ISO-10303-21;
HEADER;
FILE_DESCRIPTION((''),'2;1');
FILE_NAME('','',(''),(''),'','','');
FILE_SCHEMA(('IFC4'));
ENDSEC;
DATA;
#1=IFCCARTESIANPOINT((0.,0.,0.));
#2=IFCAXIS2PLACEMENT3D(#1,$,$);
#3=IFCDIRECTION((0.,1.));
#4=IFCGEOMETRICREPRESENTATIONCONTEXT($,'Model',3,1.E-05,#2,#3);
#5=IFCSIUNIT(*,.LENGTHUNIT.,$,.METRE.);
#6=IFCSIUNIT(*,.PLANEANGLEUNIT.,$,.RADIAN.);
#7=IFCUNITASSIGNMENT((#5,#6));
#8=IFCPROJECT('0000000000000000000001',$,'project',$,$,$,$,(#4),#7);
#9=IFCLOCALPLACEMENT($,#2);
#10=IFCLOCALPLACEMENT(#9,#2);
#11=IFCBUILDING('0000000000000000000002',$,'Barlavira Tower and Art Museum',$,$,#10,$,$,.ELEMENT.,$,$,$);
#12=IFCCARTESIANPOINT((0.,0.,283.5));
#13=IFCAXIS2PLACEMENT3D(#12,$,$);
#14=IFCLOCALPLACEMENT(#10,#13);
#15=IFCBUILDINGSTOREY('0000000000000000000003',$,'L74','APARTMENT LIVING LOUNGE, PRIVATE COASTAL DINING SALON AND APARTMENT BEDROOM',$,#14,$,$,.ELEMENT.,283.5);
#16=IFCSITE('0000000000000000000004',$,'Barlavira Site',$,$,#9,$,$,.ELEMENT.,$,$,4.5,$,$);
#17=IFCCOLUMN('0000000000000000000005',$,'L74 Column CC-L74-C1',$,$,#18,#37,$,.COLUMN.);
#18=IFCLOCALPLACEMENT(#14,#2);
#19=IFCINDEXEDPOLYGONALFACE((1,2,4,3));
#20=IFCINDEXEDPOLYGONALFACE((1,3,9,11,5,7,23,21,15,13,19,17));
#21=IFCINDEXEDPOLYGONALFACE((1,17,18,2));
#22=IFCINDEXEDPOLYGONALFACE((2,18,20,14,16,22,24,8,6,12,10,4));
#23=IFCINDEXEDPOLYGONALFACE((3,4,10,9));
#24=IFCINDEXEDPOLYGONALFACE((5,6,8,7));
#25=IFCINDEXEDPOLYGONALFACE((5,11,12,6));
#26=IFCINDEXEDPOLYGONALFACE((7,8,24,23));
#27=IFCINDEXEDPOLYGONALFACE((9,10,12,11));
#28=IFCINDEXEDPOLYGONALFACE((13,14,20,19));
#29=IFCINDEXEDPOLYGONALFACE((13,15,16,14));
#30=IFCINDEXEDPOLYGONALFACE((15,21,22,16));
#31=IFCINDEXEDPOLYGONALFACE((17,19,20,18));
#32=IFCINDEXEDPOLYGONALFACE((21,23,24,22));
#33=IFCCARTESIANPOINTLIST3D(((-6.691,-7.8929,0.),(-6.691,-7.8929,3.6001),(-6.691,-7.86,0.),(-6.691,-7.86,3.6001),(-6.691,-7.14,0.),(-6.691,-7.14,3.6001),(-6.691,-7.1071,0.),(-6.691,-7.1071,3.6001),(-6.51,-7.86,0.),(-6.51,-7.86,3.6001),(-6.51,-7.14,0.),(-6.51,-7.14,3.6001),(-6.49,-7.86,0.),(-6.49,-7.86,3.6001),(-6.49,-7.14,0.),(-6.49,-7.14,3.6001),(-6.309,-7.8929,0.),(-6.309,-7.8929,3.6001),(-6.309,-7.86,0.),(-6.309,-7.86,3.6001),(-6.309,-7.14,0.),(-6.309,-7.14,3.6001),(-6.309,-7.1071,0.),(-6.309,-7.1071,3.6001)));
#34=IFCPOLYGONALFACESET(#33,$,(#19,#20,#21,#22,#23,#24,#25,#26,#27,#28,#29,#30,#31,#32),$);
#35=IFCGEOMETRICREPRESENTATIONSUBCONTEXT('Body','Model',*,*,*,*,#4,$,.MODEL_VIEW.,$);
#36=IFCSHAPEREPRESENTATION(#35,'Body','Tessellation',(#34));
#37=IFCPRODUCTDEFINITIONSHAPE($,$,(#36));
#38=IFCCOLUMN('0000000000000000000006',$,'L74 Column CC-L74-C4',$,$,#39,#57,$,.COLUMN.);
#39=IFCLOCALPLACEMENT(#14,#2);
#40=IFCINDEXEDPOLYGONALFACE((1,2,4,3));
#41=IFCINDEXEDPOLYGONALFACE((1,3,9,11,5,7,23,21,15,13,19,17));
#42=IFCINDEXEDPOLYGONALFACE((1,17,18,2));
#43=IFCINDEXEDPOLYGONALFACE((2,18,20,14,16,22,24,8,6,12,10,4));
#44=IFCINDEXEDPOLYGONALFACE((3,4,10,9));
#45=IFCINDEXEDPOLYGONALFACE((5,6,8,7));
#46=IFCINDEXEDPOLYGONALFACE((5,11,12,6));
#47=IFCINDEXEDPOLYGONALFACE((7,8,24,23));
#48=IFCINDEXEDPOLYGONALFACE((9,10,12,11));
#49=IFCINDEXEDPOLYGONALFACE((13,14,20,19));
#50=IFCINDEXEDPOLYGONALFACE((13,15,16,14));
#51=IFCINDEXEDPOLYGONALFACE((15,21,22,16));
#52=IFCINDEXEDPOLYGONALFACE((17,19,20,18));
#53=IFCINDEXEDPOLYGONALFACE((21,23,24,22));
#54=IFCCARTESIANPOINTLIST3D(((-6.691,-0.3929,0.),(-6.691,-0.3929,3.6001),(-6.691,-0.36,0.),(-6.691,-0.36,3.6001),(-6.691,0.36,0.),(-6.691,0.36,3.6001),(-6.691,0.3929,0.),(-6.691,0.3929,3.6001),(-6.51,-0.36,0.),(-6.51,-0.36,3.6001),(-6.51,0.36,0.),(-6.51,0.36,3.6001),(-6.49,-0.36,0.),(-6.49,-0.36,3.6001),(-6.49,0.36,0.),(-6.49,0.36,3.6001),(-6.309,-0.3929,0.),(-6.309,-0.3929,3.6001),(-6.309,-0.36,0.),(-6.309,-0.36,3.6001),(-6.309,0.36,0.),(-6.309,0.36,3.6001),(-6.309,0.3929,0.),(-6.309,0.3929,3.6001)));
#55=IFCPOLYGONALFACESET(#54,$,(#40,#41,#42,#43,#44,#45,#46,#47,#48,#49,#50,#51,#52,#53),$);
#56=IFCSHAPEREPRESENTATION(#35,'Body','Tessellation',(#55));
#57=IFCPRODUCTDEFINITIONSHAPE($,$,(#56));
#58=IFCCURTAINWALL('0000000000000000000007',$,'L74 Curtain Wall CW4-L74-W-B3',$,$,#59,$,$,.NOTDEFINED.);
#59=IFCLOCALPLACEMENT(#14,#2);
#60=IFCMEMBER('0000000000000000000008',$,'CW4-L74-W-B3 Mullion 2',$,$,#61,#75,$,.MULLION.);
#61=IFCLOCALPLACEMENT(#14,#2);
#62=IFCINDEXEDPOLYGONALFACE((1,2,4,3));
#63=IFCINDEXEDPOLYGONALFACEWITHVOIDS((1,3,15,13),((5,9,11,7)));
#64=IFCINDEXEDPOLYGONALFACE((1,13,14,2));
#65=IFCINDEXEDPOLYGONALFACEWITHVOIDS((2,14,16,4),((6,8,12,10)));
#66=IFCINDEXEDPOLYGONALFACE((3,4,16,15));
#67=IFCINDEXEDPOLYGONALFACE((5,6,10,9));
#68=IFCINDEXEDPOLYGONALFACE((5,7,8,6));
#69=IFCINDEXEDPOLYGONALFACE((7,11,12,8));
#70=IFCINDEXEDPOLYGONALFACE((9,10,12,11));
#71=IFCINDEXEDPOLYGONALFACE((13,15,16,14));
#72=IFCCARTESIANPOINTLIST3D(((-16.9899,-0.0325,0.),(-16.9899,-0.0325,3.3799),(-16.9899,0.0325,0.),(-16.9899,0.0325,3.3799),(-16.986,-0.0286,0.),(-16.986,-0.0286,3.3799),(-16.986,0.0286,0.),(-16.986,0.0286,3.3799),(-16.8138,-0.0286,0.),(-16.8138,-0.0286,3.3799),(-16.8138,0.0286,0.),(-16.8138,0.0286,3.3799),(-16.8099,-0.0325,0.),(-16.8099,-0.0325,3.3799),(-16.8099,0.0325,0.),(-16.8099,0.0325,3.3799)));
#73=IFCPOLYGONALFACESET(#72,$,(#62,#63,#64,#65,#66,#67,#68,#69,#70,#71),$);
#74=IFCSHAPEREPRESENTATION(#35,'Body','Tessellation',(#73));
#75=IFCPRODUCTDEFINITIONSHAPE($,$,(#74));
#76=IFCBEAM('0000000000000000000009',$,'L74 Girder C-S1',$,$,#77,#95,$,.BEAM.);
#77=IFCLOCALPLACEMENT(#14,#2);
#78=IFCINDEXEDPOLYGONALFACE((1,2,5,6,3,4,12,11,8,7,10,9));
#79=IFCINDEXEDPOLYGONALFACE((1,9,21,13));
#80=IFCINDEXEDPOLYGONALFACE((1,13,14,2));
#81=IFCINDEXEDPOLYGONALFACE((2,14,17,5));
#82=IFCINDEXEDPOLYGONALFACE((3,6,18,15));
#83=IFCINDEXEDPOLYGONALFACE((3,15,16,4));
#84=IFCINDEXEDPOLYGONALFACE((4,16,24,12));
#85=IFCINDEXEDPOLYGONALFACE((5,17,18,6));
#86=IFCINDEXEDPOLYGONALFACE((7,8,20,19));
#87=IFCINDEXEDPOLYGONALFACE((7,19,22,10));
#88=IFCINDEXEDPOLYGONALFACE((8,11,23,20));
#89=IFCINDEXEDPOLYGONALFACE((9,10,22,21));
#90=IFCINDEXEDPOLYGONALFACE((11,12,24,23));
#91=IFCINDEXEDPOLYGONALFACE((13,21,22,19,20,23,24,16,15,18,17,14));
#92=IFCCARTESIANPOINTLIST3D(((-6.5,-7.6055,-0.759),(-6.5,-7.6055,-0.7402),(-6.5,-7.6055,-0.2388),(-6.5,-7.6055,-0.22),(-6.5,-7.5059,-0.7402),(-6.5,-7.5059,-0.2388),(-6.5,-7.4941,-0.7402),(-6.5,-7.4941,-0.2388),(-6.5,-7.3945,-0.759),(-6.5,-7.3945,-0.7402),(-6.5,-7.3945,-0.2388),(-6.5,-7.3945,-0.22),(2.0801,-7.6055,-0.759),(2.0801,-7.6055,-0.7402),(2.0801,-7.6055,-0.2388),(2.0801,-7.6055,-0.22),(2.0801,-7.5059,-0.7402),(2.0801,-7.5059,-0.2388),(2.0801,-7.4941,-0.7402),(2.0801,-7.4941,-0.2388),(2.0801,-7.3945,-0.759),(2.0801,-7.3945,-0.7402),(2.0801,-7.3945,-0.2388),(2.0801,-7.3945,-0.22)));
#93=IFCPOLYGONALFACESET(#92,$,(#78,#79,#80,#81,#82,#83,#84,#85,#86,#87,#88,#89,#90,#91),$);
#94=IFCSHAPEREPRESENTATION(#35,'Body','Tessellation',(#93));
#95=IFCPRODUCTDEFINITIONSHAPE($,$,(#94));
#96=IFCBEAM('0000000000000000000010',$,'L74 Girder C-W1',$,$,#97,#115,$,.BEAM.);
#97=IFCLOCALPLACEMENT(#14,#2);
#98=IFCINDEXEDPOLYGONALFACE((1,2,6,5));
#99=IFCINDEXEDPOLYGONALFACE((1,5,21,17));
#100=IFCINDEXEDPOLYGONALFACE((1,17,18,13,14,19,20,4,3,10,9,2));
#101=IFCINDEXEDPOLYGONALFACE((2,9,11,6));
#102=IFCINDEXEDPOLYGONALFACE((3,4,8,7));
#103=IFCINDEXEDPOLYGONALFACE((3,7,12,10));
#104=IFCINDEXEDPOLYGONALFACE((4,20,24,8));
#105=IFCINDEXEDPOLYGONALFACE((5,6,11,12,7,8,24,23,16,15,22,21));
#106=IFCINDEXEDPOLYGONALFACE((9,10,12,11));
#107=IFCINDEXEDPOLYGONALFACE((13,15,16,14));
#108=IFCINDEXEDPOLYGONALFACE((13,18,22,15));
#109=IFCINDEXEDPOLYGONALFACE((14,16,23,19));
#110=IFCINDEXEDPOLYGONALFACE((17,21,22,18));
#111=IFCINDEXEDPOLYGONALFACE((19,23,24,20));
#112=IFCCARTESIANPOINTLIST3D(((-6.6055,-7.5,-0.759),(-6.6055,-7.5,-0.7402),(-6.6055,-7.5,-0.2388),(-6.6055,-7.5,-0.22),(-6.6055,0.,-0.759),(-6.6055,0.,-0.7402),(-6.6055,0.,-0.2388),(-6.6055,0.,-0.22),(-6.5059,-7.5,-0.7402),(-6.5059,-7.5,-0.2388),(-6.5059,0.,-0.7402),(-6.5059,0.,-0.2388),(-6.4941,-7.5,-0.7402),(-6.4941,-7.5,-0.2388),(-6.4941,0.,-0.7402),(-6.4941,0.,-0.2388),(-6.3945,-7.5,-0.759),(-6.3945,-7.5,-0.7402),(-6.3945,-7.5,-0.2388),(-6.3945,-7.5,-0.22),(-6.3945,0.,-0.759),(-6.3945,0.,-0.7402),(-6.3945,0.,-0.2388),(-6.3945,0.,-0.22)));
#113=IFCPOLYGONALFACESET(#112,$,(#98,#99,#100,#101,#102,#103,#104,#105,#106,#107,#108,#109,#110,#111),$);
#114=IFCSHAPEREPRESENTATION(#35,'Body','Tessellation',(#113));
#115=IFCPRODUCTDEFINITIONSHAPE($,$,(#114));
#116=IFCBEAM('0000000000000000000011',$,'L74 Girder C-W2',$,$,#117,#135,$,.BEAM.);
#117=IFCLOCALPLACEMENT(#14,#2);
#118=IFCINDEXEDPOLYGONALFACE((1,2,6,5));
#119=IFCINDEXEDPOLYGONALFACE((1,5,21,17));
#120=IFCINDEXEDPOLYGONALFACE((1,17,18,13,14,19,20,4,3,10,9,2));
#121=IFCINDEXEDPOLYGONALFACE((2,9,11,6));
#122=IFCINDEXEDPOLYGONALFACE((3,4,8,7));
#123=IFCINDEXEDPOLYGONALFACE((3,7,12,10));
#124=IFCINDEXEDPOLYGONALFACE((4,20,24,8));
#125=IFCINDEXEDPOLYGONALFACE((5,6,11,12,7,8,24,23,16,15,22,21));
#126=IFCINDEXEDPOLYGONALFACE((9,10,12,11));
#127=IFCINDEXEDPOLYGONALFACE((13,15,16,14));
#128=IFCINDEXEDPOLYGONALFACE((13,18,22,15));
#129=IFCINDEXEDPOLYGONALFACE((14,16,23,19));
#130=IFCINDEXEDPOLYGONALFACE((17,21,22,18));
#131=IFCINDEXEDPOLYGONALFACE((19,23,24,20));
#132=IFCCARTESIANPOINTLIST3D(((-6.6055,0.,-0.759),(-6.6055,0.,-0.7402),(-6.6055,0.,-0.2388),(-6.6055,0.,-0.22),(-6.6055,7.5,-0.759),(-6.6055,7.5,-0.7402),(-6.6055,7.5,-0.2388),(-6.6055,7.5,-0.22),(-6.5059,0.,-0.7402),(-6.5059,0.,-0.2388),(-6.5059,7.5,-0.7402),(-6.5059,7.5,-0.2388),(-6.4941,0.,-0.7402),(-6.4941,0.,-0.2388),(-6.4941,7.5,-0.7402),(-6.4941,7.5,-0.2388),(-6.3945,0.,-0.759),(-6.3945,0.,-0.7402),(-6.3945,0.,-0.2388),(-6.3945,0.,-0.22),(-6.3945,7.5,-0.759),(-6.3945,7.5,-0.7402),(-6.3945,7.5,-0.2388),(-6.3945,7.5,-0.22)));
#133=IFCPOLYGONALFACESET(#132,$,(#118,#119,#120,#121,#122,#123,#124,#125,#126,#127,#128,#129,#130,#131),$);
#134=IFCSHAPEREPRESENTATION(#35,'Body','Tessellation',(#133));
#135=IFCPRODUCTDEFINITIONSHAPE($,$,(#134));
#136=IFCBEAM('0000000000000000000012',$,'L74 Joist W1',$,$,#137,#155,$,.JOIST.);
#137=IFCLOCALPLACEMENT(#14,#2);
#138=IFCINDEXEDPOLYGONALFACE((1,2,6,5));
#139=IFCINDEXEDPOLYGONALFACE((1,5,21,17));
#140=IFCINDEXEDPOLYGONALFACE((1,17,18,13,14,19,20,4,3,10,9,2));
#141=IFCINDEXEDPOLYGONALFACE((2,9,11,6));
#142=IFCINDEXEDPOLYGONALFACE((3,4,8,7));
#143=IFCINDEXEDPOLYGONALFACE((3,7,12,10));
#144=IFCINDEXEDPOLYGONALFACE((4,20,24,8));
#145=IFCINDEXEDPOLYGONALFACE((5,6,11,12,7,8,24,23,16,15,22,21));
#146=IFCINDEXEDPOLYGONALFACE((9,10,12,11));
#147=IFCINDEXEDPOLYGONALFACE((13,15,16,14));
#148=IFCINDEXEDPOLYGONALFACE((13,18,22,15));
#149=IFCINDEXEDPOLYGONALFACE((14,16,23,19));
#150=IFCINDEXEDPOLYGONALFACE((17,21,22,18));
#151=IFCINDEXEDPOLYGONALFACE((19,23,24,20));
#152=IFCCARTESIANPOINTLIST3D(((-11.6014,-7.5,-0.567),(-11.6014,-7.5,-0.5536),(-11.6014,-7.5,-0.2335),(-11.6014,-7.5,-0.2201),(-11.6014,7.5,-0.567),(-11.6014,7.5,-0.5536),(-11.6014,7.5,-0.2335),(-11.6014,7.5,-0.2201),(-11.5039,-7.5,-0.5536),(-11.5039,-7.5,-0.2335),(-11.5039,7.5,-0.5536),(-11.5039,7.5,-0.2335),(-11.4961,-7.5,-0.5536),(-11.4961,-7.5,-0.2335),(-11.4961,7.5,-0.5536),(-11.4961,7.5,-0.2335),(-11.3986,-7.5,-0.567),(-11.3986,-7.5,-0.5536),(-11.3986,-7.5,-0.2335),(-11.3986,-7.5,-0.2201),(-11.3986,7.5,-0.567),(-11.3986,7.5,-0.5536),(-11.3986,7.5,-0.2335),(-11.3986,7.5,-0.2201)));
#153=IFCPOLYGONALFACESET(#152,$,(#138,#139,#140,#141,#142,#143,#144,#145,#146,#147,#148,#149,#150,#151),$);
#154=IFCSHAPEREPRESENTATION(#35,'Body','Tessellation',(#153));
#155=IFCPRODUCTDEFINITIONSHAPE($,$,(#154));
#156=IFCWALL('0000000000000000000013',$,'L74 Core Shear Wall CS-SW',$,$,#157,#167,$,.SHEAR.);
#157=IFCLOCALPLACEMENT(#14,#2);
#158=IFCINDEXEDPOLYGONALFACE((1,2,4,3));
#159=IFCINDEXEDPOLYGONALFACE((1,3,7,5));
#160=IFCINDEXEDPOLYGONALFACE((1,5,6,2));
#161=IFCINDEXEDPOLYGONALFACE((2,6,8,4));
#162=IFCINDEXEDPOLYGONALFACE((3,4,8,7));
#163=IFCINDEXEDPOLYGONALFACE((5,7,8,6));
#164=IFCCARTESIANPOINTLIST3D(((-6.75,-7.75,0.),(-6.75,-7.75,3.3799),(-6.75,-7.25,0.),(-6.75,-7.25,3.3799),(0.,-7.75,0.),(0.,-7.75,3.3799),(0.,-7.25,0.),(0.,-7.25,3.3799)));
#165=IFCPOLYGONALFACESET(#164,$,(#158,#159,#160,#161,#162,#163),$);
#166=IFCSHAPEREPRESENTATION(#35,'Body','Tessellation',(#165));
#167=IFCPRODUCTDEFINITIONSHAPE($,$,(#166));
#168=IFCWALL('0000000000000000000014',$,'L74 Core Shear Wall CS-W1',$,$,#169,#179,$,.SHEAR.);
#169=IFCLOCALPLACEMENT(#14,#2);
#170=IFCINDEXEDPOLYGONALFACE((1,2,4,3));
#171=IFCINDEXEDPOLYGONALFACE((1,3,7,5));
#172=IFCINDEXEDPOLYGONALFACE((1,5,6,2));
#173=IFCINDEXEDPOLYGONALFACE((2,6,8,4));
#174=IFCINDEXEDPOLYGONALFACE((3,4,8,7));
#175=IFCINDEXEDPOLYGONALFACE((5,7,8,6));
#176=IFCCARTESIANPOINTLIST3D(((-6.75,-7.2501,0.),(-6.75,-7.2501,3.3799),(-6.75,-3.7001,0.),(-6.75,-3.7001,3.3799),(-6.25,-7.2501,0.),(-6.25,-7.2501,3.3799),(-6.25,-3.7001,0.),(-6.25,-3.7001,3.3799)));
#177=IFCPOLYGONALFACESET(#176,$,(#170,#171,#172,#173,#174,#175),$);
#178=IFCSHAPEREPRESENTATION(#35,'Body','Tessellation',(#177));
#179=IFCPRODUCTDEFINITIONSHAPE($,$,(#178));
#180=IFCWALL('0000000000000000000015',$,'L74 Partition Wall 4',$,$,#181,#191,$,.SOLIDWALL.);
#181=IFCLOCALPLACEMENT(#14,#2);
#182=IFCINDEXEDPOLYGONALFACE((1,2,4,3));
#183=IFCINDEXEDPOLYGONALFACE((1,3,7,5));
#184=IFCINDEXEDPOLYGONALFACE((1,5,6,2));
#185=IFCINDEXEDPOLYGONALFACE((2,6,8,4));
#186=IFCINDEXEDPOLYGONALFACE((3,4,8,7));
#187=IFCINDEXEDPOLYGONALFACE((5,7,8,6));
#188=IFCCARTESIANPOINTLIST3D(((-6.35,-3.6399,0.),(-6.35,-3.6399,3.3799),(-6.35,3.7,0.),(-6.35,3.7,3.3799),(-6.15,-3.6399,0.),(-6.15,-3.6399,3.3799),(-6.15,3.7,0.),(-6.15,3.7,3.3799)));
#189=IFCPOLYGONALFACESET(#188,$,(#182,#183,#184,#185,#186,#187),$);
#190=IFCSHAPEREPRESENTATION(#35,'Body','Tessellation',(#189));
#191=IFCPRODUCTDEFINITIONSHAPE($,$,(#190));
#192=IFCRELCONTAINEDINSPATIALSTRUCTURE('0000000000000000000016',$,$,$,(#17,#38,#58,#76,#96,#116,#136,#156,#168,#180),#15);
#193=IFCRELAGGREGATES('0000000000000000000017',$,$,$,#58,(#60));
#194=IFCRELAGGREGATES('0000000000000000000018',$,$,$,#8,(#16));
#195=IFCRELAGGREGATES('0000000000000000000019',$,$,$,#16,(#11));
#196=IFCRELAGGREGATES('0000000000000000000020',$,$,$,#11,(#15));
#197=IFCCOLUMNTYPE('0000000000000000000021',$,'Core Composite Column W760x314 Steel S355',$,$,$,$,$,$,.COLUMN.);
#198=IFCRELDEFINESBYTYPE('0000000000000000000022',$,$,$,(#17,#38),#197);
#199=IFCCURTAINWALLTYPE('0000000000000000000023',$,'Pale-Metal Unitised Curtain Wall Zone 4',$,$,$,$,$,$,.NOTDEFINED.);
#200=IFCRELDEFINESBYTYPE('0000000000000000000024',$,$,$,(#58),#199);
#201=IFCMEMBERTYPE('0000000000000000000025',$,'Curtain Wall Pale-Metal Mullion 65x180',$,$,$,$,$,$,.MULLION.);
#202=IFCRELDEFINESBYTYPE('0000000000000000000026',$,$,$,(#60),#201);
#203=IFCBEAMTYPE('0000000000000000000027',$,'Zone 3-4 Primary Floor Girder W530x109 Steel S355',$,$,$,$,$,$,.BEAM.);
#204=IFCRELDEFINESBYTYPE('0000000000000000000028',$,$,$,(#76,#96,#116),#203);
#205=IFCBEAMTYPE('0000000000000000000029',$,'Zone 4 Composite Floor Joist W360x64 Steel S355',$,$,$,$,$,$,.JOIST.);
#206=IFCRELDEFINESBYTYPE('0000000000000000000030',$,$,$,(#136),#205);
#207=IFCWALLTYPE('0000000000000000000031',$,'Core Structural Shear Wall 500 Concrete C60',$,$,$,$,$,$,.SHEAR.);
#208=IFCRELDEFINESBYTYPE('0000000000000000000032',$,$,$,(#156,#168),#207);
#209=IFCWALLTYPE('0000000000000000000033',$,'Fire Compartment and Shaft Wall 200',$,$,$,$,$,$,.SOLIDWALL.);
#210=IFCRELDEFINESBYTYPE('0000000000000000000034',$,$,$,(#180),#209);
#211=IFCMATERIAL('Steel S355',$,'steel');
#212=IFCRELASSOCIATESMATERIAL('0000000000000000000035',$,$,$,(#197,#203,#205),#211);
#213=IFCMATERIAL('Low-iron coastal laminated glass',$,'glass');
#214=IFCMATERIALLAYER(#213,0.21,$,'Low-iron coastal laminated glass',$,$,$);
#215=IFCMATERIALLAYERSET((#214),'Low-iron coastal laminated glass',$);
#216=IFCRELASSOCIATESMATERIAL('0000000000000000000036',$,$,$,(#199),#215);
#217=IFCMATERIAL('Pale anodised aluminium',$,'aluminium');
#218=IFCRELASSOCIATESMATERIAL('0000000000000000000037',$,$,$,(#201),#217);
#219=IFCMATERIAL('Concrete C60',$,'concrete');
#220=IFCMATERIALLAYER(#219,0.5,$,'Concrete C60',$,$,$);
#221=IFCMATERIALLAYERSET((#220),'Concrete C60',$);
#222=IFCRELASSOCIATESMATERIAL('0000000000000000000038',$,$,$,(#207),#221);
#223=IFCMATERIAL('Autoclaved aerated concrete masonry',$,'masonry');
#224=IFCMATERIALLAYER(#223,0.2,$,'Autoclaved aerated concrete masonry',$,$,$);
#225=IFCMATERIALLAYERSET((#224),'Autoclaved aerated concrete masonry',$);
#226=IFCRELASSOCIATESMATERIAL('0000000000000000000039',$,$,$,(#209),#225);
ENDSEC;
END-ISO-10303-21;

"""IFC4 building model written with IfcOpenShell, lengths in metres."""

from ifc_helpers import new_model, si_unit, direction, frame, frame_2d, origin, origin_2d, place, context, subcontext, project, spatial, rectangle, hollow_rectangle, i_section, extrude, material, layer, layer_set, material_profile, profile_set, type_object, element, aggregate, save


model = new_model("IFC4")

# Units and contexts
model_context = context("Model", 3, precision=1e-05, world=origin(), true_north=direction((0.0, 1.0)))
body_context = subcontext(model_context, "Body", "Model", "MODEL_VIEW")
ifc_project = project(units=[si_unit("LENGTHUNIT", "METRE"), si_unit("PLANEANGLEUNIT", "RADIAN")], contexts=[model_context])

# Site, building, storey
site_placement = place(None, origin())
site = spatial("IfcSite", under=ifc_project, at=site_placement, Name="Barlavira Site", CompositionType="ELEMENT", RefElevation=4.5)
building_placement = place(site_placement, origin())
building = spatial("IfcBuilding", under=site, at=building_placement, Name="Barlavira Tower and Art Museum", CompositionType="ELEMENT")
storey_placement = place(building_placement, frame((0.0, 0.0, 283.5)))
storey = spatial("IfcBuildingStorey", under=building, at=storey_placement, Name="L74", Description="APARTMENT LIVING LOUNGE, PRIVATE COASTAL DINING SALON AND APARTMENT BEDROOM", CompositionType="ELEMENT", Elevation=283.5)

# Columns
ifc_material_1 = material(Name="Steel S355", Category="steel")
ifc_material_profile_1 = material_profile(ifc_material_1, i_section(OverallWidth=0.3821, OverallDepth=0.7859, WebThickness=0.02, FlangeThickness=0.033, at=origin_2d()), Name="W760x314.0")
ifc_profile_set_1 = profile_set([ifc_material_profile_1], Name="Steel S355")
column_type = type_object("IfcColumnType", Name="Core Composite Column W760x314 Steel S355", PredefinedType="COLUMN", material=ifc_profile_set_1)
for number, where, z_axis, x_axis, name in (
    (1, (-6.5, -7.5, 0.0), (0.0, 0.0, 1.0), (1.0, 0.0, 0.0), "L74 Column CC-L74-C1"),
    (2, (-6.5, 0.0, 0.0), (0.0, 0.0, 1.0), (1.0, 0.0, 0.0), "L74 Column CC-L74-C4"),
):
    element("IfcColumn", number, at=place(storey_placement, frame(where, z_axis=z_axis, x_axis=x_axis)), inside=storey, type_object=column_type, Name=name, PredefinedType="COLUMN", context=body_context, shape_type="SweptSolid", body=[
        extrude(i_section(OverallWidth=0.3821, OverallDepth=0.7859, WebThickness=0.02, FlangeThickness=0.033, at=origin_2d()), origin(), (0.0, 0.0, 1.0), 3.6001),
    ])

# Curtain wall, member
ifc_material_2 = material(Name="Low-iron coastal laminated glass", Category="glass")
ifc_layer_1 = layer(ifc_material_2, 0.21, Name="Low-iron coastal laminated glass")
ifc_layer_set_1 = layer_set([ifc_layer_1], Name="Low-iron coastal laminated glass")
curtain_wall_type = type_object("IfcCurtainWallType", Name="Pale-Metal Unitised Curtain Wall Zone 4", PredefinedType="NOTDEFINED", material=ifc_layer_set_1)
curtain_wall_placement = place(storey_placement, origin())
curtain_wall = element("IfcCurtainWall", 3, at=curtain_wall_placement, inside=storey, type_object=curtain_wall_type, Name="L74 Curtain Wall CW4-L74-W-B3", PredefinedType="NOTDEFINED")
ifc_material_3 = material(Name="Pale anodised aluminium", Category="aluminium")
ifc_material_profile_2 = material_profile(ifc_material_3, hollow_rectangle(XDim=0.0649, YDim=0.1799, WallThickness=0.0039, at=origin_2d()), Name="ALU-MULL 65x180x4")
ifc_profile_set_2 = profile_set([ifc_material_profile_2], Name="Pale anodised aluminium")
member_type = type_object("IfcMemberType", Name="Curtain Wall Pale-Metal Mullion 65x180", PredefinedType="MULLION", material=ifc_profile_set_2)
member_placement = place(storey_placement, frame((-16.8999, 0.0, 0.0), z_axis=(0.0, 0.0, 1.0), x_axis=(0.0, -1.0, 0.0)))
member = element("IfcMember", 4, at=member_placement, type_object=member_type, Name="CW4-L74-W-B3 Mullion 2", PredefinedType="MULLION", context=body_context, shape_type="SweptSolid", body=[
    extrude(hollow_rectangle(XDim=0.0649, YDim=0.1799, WallThickness=0.0039, at=origin_2d()), origin(), (0.0, 0.0, 1.0), 3.3799),
])
aggregate(curtain_wall, [member])

# Beams
ifc_material_profile_3 = material_profile(ifc_material_1, i_section(OverallWidth=0.2109, OverallDepth=0.5391, WebThickness=0.0117, FlangeThickness=0.0188, at=origin_2d()), Name="W530x109.0")
ifc_profile_set_3 = profile_set([ifc_material_profile_3], Name="Steel S355")
beam_type_1 = type_object("IfcBeamType", Name="Zone 3-4 Primary Floor Girder W530x109 Steel S355", PredefinedType="BEAM", material=ifc_profile_set_3)
beam_1_placement = place(storey_placement, frame((-6.5, -7.5, -0.4895), z_axis=(1.0, 0.0, 0.0), x_axis=(0.0, 1.0, 0.0)))
element("IfcBeam", 5, at=beam_1_placement, inside=storey, type_object=beam_type_1, Name="L74 Girder C-S1", PredefinedType="BEAM", context=body_context, shape_type="SweptSolid", body=[
    extrude(i_section(OverallWidth=0.2109, OverallDepth=0.5391, WebThickness=0.0117, FlangeThickness=0.0188, at=origin_2d()), origin(), (0.0, 0.0, 1.0), 8.5801),
])
for number, where, z_axis, x_axis, name in (
    (6, (-6.5, -7.5, -0.4895), (0.0, 1.0, 0.0), (-1.0, 0.0, 0.0), "L74 Girder C-W1"),
    (7, (-6.5, 0.0, -0.4895), (0.0, 1.0, 0.0), (-1.0, 0.0, 0.0), "L74 Girder C-W2"),
):
    element("IfcBeam", number, at=place(storey_placement, frame(where, z_axis=z_axis, x_axis=x_axis)), inside=storey, type_object=beam_type_1, Name=name, PredefinedType="BEAM", context=body_context, shape_type="SweptSolid", body=[
        extrude(i_section(OverallWidth=0.2109, OverallDepth=0.5391, WebThickness=0.0117, FlangeThickness=0.0188, at=origin_2d()), origin(), (0.0, 0.0, 1.0), 7.5),
    ])
ifc_material_profile_4 = material_profile(ifc_material_1, i_section(OverallWidth=0.2029, OverallDepth=0.3469, WebThickness=0.0078, FlangeThickness=0.0134, at=origin_2d()), Name="W360x64.0")
ifc_profile_set_4 = profile_set([ifc_material_profile_4], Name="Steel S355")
beam_type_2 = type_object("IfcBeamType", Name="Zone 4 Composite Floor Joist W360x64 Steel S355", PredefinedType="JOIST", material=ifc_profile_set_4)
beam_2_placement = place(storey_placement, frame((-11.5, -7.5, -0.3936), z_axis=(0.0, 1.0, 0.0), x_axis=(-1.0, 0.0, 0.0)))
element("IfcBeam", 8, at=beam_2_placement, inside=storey, type_object=beam_type_2, Name="L74 Joist W1", PredefinedType="JOIST", context=body_context, shape_type="SweptSolid", body=[
    extrude(i_section(OverallWidth=0.2029, OverallDepth=0.3469, WebThickness=0.0078, FlangeThickness=0.0134, at=origin_2d()), origin(), (0.0, 0.0, 1.0), 15.0),
])

# Walls
ifc_material_4 = material(Name="Concrete C60", Category="concrete")
ifc_layer_2 = layer(ifc_material_4, 0.5, Name="Concrete C60")
ifc_layer_set_2 = layer_set([ifc_layer_2], Name="Concrete C60")
wall_type_1 = type_object("IfcWallType", Name="Core Structural Shear Wall 500 Concrete C60", PredefinedType="SHEAR", material=ifc_layer_set_2)
wall_1_placement = place(storey_placement, frame((-6.75, -7.5, 0.0), z_axis=(0.0, 0.0, 1.0), x_axis=(1.0, 0.0, 0.0)))
element("IfcWall", 9, at=wall_1_placement, inside=storey, type_object=wall_type_1, Name="L74 Core Shear Wall CS-SW", PredefinedType="SHEAR", context=body_context, shape_type="SweptSolid", body=[
    extrude(rectangle(XDim=6.75, YDim=0.5, at=frame_2d((3.375, 0.0))), origin(), (0.0, 0.0, 1.0), 3.3799),
])
wall_2_placement = place(storey_placement, frame((-6.5, -7.25, 0.0), z_axis=(0.0, 0.0, 1.0), x_axis=(0.0, 1.0, 0.0)))
element("IfcWall", 10, at=wall_2_placement, inside=storey, type_object=wall_type_1, Name="L74 Core Shear Wall CS-W1", PredefinedType="SHEAR", context=body_context, shape_type="SweptSolid", body=[
    extrude(rectangle(XDim=3.55, YDim=0.5, at=frame_2d((1.7749, 0.0))), origin(), (0.0, 0.0, 1.0), 3.3799),
])
ifc_material_5 = material(Name="Autoclaved aerated concrete masonry", Category="masonry")
ifc_layer_3 = layer(ifc_material_5, 0.2, Name="Autoclaved aerated concrete masonry")
ifc_layer_set_3 = layer_set([ifc_layer_3], Name="Autoclaved aerated concrete masonry")
wall_type_2 = type_object("IfcWallType", Name="Fire Compartment and Shaft Wall 200", PredefinedType="SOLIDWALL", material=ifc_layer_set_3)
wall_3_placement = place(storey_placement, frame((-6.25, -3.6399, 0.0), z_axis=(0.0, 0.0, 1.0), x_axis=(0.0, 1.0, 0.0)))
element("IfcWall", 11, at=wall_3_placement, inside=storey, type_object=wall_type_2, Name="L74 Partition Wall 4", PredefinedType="SOLIDWALL", context=body_context, shape_type="SweptSolid", body=[
    extrude(rectangle(XDim=7.3398, YDim=0.2, at=frame_2d((3.6699, 0.0))), origin(), (0.0, 0.0, 1.0), 3.3799),
])

save(model, "model.ifc")
